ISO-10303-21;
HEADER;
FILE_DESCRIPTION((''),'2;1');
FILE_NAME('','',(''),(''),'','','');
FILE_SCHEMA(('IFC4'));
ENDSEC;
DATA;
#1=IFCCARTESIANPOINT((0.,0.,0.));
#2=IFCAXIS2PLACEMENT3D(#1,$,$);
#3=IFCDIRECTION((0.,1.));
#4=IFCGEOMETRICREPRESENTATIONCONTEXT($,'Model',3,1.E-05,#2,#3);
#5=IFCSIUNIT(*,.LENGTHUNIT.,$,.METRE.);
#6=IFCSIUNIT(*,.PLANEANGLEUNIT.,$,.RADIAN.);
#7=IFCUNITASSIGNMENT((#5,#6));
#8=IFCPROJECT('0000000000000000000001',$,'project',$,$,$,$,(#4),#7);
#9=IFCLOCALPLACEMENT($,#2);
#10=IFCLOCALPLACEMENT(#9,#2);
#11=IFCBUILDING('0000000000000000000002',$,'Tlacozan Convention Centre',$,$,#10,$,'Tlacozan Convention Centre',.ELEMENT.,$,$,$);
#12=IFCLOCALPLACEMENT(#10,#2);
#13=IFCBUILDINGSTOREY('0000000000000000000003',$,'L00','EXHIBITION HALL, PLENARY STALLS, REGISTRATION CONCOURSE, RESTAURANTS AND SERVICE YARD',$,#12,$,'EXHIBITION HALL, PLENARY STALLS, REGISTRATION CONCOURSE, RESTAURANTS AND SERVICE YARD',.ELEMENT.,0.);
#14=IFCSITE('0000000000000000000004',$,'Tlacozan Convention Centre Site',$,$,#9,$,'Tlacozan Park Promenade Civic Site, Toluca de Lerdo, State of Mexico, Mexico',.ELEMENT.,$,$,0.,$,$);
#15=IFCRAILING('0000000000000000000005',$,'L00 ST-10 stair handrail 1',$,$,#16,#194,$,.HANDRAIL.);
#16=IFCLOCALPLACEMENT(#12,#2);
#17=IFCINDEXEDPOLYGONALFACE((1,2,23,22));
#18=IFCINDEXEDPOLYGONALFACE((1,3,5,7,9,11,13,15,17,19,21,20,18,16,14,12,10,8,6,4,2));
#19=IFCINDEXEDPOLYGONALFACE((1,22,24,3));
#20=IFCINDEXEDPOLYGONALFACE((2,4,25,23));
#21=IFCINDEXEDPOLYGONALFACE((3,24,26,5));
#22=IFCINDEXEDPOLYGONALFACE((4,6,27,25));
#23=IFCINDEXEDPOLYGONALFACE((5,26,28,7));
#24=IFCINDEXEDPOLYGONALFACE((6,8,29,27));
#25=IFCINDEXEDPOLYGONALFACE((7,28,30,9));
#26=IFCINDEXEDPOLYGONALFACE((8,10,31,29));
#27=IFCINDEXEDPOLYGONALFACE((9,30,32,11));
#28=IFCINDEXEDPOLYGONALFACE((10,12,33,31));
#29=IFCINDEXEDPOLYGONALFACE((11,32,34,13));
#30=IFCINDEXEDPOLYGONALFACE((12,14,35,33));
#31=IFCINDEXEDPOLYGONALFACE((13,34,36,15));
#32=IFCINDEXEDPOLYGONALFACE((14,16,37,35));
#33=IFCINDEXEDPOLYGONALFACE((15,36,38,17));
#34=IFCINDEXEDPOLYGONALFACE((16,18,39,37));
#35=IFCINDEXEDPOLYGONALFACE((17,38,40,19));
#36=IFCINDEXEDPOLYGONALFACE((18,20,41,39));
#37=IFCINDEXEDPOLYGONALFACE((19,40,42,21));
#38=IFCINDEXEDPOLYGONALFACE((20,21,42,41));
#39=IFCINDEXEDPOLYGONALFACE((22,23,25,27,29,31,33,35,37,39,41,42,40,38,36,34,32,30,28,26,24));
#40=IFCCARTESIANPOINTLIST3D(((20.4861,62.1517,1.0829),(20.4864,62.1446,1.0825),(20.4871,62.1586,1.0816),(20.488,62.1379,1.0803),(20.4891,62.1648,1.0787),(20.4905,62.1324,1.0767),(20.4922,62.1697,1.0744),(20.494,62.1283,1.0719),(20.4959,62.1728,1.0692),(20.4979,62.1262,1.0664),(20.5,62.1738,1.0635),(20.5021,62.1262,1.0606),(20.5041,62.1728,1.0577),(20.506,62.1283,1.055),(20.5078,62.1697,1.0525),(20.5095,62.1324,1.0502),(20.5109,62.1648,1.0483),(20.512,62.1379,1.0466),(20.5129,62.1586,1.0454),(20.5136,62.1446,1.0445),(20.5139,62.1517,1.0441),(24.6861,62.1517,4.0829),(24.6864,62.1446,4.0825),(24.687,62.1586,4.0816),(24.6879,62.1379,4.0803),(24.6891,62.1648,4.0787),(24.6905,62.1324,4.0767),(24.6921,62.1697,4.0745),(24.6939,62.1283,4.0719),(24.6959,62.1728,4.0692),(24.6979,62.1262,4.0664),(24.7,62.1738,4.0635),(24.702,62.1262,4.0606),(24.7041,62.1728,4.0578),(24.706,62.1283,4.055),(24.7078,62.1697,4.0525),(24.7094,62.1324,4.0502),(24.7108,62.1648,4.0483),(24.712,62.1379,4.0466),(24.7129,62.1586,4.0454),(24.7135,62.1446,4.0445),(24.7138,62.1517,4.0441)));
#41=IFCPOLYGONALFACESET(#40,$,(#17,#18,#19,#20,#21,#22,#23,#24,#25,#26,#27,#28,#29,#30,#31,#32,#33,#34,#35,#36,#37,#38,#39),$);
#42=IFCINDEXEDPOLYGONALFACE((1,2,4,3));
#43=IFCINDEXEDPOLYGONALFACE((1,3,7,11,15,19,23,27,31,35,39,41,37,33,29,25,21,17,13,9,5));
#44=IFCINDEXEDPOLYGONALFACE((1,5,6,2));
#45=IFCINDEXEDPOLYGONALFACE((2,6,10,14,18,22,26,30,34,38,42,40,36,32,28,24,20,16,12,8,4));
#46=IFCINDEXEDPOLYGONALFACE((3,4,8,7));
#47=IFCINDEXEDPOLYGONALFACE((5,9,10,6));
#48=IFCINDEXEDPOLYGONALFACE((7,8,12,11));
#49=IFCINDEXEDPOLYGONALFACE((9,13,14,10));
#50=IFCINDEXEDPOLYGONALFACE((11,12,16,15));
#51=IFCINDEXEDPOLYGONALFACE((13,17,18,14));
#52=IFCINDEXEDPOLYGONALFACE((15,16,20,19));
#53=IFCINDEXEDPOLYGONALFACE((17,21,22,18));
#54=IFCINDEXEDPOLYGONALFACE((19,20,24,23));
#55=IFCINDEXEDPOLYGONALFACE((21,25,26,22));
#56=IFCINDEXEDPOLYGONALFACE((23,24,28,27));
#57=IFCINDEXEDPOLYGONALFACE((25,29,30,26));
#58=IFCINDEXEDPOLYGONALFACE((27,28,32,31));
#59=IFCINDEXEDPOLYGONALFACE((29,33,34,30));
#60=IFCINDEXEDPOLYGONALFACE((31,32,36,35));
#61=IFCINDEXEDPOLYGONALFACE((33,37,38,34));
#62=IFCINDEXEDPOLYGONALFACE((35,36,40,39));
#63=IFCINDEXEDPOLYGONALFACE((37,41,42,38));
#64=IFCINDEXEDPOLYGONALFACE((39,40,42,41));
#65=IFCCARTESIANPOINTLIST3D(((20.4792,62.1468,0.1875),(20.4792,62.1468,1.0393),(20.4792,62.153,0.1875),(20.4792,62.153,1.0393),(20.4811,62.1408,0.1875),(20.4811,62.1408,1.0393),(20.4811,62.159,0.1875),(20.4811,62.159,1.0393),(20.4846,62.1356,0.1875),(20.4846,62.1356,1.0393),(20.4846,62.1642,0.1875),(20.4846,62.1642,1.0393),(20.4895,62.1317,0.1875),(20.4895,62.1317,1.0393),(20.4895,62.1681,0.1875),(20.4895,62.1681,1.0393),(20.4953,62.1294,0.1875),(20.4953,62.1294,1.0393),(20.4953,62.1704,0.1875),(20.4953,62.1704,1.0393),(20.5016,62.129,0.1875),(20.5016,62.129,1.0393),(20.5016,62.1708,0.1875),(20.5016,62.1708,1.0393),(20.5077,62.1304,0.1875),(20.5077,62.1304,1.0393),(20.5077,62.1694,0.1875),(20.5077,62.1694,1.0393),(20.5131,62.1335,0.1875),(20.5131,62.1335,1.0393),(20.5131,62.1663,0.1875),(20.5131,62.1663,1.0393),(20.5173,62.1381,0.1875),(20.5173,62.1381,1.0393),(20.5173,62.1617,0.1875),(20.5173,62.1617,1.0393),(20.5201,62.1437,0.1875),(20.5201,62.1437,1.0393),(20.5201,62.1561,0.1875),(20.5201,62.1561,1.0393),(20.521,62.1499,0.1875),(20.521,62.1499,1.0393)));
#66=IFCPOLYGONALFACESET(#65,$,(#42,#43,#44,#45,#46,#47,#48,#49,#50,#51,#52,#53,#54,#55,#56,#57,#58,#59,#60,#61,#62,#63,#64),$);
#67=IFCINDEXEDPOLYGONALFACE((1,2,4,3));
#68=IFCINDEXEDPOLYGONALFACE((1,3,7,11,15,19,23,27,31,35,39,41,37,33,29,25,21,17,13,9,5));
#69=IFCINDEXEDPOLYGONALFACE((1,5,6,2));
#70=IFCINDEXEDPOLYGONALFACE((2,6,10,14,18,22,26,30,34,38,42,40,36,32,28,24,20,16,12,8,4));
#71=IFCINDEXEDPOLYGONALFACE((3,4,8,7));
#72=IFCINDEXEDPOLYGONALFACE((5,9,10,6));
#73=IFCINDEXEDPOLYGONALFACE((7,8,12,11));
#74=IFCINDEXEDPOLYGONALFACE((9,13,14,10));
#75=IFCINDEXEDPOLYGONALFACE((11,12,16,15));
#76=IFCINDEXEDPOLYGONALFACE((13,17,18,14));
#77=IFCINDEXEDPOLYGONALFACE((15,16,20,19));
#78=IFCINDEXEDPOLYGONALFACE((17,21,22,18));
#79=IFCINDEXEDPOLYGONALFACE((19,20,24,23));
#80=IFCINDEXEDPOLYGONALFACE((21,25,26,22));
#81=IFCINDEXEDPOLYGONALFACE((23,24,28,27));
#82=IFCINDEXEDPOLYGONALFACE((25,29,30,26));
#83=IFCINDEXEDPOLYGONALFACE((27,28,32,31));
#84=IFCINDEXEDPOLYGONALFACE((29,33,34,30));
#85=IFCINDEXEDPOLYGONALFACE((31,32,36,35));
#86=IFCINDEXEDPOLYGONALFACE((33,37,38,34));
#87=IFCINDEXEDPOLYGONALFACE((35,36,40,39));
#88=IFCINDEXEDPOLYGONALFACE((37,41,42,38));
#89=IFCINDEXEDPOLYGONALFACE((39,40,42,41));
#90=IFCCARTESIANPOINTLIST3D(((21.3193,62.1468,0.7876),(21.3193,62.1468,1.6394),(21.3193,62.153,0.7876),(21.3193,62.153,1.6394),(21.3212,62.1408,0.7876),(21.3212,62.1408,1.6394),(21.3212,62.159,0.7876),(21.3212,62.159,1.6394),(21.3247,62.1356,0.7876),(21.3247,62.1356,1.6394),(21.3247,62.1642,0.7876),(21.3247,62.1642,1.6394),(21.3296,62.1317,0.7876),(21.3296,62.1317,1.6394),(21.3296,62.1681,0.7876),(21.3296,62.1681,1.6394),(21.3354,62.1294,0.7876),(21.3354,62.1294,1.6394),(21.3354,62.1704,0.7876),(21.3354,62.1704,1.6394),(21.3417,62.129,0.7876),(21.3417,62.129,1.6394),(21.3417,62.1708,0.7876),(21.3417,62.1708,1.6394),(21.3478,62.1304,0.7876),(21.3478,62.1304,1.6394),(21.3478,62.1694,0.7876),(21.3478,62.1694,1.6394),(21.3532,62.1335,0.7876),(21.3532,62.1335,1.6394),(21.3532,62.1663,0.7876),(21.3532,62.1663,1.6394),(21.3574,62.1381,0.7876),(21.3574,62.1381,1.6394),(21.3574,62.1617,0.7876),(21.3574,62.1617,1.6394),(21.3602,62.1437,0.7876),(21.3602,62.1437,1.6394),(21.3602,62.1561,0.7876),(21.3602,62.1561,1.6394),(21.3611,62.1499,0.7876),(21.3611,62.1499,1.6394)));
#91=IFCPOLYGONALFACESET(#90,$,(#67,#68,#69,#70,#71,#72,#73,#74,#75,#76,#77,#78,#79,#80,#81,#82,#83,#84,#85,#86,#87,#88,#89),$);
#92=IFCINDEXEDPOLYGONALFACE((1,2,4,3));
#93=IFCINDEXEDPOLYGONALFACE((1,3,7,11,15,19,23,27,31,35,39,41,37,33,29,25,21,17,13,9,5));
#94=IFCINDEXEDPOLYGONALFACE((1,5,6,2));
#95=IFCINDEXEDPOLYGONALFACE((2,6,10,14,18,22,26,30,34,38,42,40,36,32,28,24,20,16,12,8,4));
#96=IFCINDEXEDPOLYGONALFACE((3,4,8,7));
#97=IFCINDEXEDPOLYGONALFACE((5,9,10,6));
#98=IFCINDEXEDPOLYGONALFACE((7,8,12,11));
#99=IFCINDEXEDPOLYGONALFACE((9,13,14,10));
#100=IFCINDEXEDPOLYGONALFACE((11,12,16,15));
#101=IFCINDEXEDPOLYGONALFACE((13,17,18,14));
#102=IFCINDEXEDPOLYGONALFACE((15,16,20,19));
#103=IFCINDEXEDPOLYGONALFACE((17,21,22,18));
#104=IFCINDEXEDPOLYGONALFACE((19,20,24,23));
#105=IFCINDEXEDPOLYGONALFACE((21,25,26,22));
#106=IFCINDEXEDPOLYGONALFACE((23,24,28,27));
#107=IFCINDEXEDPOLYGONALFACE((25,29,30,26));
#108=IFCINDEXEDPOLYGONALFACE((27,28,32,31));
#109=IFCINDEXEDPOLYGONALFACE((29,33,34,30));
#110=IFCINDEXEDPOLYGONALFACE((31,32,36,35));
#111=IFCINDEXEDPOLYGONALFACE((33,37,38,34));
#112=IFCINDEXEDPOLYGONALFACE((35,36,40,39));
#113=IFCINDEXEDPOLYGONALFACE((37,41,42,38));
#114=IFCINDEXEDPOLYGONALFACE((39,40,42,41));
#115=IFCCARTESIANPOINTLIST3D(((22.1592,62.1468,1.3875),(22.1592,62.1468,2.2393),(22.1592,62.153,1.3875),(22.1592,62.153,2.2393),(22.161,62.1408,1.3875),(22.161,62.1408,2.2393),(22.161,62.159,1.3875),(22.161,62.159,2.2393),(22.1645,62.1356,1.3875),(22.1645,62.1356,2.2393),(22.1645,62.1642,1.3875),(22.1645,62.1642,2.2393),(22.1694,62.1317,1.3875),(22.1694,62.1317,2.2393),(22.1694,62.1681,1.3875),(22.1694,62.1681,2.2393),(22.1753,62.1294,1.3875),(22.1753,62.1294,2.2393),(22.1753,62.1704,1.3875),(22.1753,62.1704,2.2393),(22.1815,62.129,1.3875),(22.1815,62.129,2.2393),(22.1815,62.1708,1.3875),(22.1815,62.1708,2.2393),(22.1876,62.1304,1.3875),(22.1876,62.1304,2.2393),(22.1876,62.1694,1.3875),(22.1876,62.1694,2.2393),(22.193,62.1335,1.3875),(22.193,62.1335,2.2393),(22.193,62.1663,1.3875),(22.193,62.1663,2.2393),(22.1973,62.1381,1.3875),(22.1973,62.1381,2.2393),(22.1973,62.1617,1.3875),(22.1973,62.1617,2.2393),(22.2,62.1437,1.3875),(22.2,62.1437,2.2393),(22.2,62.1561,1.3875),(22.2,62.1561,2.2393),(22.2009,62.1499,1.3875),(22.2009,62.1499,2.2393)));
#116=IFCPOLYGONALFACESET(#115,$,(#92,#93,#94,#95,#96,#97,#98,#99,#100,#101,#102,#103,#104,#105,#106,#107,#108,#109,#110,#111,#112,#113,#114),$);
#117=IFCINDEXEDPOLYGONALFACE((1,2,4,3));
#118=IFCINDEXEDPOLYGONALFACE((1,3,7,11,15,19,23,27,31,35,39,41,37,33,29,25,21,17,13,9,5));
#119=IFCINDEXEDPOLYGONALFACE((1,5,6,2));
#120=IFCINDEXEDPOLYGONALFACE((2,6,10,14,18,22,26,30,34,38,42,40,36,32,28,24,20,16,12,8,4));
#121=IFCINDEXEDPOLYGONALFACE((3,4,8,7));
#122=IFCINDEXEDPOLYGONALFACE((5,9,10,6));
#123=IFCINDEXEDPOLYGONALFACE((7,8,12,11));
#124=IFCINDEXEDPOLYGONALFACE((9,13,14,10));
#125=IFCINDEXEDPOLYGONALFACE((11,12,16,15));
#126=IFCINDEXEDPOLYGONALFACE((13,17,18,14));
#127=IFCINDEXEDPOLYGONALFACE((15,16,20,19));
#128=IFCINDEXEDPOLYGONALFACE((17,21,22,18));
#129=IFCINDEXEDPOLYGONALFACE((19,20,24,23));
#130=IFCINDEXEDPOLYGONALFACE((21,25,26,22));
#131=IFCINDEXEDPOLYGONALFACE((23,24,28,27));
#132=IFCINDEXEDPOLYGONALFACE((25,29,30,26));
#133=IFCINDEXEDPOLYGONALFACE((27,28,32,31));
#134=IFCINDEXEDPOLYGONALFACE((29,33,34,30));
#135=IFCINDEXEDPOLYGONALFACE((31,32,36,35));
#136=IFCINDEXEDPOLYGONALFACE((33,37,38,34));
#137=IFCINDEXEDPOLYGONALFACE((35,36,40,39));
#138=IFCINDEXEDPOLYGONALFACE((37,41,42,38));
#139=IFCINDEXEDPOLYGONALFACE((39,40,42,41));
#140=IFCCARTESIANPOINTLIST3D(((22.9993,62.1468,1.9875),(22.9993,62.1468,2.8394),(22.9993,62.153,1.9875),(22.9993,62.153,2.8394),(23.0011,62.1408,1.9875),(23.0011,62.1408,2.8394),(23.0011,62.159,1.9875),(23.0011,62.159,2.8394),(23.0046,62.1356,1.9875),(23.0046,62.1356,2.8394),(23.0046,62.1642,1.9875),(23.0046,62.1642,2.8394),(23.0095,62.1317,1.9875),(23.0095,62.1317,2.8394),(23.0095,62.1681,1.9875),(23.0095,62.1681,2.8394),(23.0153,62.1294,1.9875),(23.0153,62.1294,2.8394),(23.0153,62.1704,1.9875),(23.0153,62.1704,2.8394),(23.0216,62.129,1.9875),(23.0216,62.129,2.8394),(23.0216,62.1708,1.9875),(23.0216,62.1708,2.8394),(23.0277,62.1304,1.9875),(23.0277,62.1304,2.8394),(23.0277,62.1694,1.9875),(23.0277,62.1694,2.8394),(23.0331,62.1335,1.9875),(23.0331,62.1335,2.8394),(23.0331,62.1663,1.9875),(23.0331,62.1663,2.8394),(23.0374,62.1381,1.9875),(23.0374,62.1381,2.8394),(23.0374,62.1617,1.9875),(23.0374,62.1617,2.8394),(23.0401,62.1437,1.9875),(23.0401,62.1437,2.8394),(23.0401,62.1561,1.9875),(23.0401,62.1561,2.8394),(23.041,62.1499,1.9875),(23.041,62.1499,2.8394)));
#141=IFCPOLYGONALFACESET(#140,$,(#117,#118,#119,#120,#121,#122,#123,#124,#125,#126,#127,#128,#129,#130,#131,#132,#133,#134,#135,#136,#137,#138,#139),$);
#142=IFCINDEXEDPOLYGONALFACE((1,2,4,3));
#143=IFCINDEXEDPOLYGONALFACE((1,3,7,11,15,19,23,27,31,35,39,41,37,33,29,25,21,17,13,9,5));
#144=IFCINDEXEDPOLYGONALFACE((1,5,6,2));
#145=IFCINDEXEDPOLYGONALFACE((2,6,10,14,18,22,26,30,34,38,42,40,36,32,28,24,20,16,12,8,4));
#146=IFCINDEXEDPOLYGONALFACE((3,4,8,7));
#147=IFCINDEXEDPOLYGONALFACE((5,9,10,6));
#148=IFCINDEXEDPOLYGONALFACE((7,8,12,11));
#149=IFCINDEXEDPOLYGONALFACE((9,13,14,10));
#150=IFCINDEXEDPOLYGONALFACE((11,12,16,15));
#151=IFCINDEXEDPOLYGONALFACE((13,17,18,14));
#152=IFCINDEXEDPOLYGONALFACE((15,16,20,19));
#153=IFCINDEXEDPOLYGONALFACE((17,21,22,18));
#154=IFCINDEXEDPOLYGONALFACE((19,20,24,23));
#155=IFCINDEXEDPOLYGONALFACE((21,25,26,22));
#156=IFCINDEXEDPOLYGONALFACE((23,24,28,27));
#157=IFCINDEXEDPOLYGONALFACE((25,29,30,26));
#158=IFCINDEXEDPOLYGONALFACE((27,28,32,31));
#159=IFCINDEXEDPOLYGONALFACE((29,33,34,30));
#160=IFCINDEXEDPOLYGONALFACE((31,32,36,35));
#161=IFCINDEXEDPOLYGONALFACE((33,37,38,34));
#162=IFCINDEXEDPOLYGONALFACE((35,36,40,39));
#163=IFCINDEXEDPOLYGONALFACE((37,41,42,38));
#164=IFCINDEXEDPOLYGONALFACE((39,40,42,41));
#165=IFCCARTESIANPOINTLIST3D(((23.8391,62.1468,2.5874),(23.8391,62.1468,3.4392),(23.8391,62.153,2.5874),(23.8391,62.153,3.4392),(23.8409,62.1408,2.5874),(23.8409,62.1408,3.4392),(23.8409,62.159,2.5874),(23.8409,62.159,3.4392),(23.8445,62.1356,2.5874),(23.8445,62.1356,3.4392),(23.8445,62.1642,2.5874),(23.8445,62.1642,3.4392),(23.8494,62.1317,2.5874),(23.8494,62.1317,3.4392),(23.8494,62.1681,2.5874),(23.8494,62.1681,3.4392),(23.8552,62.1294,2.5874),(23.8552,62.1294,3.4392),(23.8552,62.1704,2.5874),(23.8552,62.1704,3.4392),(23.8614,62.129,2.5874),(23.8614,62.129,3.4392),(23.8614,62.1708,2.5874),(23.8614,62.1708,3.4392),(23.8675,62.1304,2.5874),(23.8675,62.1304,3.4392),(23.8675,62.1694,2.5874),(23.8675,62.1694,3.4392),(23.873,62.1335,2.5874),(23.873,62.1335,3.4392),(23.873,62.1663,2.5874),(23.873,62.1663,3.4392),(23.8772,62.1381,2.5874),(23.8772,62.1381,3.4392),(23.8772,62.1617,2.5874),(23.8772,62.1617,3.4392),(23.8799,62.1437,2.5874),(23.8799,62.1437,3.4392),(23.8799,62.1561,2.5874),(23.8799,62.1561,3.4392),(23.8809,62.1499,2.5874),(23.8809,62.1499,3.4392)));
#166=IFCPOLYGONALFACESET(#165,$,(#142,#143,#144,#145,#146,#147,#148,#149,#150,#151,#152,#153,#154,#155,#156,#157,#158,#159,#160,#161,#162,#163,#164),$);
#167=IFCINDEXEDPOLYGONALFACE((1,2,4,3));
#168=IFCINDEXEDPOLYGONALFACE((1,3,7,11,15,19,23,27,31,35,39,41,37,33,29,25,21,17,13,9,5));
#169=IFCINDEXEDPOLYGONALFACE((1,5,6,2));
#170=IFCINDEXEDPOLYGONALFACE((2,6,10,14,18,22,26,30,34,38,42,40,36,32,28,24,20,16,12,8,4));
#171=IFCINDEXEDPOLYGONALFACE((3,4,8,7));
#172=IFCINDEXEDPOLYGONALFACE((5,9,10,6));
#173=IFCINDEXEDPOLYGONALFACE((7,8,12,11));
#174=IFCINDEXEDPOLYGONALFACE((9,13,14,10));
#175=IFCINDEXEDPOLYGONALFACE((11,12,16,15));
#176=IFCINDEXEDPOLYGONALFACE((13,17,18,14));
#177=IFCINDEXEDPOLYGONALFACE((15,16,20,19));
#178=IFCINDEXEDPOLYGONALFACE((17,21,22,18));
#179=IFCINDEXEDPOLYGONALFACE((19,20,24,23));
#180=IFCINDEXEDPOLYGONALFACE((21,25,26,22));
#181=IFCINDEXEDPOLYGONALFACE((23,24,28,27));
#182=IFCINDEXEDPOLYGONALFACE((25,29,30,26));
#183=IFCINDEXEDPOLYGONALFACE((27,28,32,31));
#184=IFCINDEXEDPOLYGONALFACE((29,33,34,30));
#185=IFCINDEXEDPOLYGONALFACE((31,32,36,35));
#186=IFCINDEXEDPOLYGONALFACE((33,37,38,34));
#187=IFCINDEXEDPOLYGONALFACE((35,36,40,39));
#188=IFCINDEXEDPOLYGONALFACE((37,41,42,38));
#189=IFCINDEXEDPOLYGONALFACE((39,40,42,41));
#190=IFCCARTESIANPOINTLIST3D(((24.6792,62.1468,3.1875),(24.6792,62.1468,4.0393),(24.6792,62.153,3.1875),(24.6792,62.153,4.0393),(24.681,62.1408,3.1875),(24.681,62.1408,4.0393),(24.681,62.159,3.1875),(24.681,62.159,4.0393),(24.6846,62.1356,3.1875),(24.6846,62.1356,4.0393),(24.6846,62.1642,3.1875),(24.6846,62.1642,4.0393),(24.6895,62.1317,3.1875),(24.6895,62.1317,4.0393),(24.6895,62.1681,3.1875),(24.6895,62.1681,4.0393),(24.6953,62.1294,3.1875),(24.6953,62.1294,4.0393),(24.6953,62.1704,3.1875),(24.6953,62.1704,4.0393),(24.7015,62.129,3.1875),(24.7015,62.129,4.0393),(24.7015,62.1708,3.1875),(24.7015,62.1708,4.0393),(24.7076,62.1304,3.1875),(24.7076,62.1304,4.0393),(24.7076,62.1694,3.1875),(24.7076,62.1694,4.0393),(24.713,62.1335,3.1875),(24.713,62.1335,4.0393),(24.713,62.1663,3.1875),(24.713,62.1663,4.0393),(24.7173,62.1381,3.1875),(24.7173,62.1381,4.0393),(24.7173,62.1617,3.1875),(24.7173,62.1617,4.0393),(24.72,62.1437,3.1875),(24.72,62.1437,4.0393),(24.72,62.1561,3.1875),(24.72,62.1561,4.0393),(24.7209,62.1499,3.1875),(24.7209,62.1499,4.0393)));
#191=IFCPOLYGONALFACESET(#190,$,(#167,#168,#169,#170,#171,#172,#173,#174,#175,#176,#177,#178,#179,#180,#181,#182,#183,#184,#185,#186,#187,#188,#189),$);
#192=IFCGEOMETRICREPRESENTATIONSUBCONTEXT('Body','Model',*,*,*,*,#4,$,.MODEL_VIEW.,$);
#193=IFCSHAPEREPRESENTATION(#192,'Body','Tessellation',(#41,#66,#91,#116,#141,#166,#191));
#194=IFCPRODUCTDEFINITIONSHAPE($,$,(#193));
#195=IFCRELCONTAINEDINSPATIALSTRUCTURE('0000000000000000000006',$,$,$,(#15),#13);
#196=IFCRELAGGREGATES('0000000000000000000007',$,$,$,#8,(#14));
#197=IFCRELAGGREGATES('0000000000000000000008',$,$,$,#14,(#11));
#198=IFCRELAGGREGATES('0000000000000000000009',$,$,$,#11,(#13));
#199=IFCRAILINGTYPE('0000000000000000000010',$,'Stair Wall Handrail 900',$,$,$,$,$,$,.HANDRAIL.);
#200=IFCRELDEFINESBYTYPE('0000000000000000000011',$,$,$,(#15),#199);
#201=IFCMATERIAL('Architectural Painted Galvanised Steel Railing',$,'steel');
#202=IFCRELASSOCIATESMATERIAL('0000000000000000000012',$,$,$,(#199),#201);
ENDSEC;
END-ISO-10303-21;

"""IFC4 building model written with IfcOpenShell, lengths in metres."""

from ifc_helpers import new_model, si_unit, direction, frame, origin, origin_2d, place, context, subcontext, project, spatial, circle, extrude, material, type_object, element, save


model = new_model("IFC4")

# Units and contexts
model_context = context("Model", 3, precision=1e-05, world=origin(), true_north=direction((0.0, 1.0)))
body_context = subcontext(model_context, "Body", "Model", "MODEL_VIEW")
ifc_project = project(units=[si_unit("LENGTHUNIT", "METRE"), si_unit("PLANEANGLEUNIT", "RADIAN")], contexts=[model_context])

# Site, building, storey
site_placement = place(None, origin())
site = spatial("IfcSite", under=ifc_project, at=site_placement, Name="Tlacozan Convention Centre Site", LongName="Tlacozan Park Promenade Civic Site, Toluca de Lerdo, State of Mexico, Mexico", CompositionType="ELEMENT", RefElevation=0.0)
building_placement = place(site_placement, origin())
building = spatial("IfcBuilding", under=site, at=building_placement, Name="Tlacozan Convention Centre", LongName="Tlacozan Convention Centre", CompositionType="ELEMENT")
storey_placement = place(building_placement, origin())
storey = spatial("IfcBuildingStorey", under=building, at=storey_placement, Name="L00", Description="EXHIBITION HALL, PLENARY STALLS, REGISTRATION CONCOURSE, RESTAURANTS AND SERVICE YARD", LongName="EXHIBITION HALL, PLENARY STALLS, REGISTRATION CONCOURSE, RESTAURANTS AND SERVICE YARD", CompositionType="ELEMENT", Elevation=0.0)

# Railing
ifc_material_1 = material(Name="Architectural Painted Galvanised Steel Railing", Category="steel")
railing_type_1 = type_object("IfcRailingType", Name="Stair Wall Handrail 900", PredefinedType="HANDRAIL", material=ifc_material_1)
railing_1_placement = place(storey_placement, frame((20.5, 62.1499, 0.1875)))
element("IfcRailing", 1, at=railing_1_placement, inside=storey, type_object=railing_type_1, Name="L00 ST-10 stair handrail 1", PredefinedType="HANDRAIL", context=body_context, shape_type="SweptSolid", body=[
    extrude(circle(Radius=0.0239, at=origin_2d()), frame((0.0, 0.0, 0.876), z_axis=(0.81373, 0.0, 0.581243), x_axis=(0.0, 1.0, 0.0)), (0.0, 0.0, 1.0), 5.1614),
    extrude(circle(Radius=0.021, at=origin_2d()), origin(), (0.0, 0.0, 1.0), 0.8518),
    extrude(circle(Radius=0.021, at=origin_2d()), frame((0.8401, 0.0, 0.6001)), (0.0, 0.0, 1.0), 0.8518),
    extrude(circle(Radius=0.021, at=origin_2d()), frame((1.6799, 0.0, 1.2)), (0.0, 0.0, 1.0), 0.8518),
    extrude(circle(Radius=0.021, at=origin_2d()), frame((2.52, 0.0, 1.8)), (0.0, 0.0, 1.0), 0.8518),
    extrude(circle(Radius=0.021, at=origin_2d()), frame((3.3599, 0.0, 2.3999)), (0.0, 0.0, 1.0), 0.8518),
    extrude(circle(Radius=0.021, at=origin_2d()), frame((4.2, 0.0, 3.0)), (0.0, 0.0, 1.0), 0.8518),
])

save(model, "model.ifc")
